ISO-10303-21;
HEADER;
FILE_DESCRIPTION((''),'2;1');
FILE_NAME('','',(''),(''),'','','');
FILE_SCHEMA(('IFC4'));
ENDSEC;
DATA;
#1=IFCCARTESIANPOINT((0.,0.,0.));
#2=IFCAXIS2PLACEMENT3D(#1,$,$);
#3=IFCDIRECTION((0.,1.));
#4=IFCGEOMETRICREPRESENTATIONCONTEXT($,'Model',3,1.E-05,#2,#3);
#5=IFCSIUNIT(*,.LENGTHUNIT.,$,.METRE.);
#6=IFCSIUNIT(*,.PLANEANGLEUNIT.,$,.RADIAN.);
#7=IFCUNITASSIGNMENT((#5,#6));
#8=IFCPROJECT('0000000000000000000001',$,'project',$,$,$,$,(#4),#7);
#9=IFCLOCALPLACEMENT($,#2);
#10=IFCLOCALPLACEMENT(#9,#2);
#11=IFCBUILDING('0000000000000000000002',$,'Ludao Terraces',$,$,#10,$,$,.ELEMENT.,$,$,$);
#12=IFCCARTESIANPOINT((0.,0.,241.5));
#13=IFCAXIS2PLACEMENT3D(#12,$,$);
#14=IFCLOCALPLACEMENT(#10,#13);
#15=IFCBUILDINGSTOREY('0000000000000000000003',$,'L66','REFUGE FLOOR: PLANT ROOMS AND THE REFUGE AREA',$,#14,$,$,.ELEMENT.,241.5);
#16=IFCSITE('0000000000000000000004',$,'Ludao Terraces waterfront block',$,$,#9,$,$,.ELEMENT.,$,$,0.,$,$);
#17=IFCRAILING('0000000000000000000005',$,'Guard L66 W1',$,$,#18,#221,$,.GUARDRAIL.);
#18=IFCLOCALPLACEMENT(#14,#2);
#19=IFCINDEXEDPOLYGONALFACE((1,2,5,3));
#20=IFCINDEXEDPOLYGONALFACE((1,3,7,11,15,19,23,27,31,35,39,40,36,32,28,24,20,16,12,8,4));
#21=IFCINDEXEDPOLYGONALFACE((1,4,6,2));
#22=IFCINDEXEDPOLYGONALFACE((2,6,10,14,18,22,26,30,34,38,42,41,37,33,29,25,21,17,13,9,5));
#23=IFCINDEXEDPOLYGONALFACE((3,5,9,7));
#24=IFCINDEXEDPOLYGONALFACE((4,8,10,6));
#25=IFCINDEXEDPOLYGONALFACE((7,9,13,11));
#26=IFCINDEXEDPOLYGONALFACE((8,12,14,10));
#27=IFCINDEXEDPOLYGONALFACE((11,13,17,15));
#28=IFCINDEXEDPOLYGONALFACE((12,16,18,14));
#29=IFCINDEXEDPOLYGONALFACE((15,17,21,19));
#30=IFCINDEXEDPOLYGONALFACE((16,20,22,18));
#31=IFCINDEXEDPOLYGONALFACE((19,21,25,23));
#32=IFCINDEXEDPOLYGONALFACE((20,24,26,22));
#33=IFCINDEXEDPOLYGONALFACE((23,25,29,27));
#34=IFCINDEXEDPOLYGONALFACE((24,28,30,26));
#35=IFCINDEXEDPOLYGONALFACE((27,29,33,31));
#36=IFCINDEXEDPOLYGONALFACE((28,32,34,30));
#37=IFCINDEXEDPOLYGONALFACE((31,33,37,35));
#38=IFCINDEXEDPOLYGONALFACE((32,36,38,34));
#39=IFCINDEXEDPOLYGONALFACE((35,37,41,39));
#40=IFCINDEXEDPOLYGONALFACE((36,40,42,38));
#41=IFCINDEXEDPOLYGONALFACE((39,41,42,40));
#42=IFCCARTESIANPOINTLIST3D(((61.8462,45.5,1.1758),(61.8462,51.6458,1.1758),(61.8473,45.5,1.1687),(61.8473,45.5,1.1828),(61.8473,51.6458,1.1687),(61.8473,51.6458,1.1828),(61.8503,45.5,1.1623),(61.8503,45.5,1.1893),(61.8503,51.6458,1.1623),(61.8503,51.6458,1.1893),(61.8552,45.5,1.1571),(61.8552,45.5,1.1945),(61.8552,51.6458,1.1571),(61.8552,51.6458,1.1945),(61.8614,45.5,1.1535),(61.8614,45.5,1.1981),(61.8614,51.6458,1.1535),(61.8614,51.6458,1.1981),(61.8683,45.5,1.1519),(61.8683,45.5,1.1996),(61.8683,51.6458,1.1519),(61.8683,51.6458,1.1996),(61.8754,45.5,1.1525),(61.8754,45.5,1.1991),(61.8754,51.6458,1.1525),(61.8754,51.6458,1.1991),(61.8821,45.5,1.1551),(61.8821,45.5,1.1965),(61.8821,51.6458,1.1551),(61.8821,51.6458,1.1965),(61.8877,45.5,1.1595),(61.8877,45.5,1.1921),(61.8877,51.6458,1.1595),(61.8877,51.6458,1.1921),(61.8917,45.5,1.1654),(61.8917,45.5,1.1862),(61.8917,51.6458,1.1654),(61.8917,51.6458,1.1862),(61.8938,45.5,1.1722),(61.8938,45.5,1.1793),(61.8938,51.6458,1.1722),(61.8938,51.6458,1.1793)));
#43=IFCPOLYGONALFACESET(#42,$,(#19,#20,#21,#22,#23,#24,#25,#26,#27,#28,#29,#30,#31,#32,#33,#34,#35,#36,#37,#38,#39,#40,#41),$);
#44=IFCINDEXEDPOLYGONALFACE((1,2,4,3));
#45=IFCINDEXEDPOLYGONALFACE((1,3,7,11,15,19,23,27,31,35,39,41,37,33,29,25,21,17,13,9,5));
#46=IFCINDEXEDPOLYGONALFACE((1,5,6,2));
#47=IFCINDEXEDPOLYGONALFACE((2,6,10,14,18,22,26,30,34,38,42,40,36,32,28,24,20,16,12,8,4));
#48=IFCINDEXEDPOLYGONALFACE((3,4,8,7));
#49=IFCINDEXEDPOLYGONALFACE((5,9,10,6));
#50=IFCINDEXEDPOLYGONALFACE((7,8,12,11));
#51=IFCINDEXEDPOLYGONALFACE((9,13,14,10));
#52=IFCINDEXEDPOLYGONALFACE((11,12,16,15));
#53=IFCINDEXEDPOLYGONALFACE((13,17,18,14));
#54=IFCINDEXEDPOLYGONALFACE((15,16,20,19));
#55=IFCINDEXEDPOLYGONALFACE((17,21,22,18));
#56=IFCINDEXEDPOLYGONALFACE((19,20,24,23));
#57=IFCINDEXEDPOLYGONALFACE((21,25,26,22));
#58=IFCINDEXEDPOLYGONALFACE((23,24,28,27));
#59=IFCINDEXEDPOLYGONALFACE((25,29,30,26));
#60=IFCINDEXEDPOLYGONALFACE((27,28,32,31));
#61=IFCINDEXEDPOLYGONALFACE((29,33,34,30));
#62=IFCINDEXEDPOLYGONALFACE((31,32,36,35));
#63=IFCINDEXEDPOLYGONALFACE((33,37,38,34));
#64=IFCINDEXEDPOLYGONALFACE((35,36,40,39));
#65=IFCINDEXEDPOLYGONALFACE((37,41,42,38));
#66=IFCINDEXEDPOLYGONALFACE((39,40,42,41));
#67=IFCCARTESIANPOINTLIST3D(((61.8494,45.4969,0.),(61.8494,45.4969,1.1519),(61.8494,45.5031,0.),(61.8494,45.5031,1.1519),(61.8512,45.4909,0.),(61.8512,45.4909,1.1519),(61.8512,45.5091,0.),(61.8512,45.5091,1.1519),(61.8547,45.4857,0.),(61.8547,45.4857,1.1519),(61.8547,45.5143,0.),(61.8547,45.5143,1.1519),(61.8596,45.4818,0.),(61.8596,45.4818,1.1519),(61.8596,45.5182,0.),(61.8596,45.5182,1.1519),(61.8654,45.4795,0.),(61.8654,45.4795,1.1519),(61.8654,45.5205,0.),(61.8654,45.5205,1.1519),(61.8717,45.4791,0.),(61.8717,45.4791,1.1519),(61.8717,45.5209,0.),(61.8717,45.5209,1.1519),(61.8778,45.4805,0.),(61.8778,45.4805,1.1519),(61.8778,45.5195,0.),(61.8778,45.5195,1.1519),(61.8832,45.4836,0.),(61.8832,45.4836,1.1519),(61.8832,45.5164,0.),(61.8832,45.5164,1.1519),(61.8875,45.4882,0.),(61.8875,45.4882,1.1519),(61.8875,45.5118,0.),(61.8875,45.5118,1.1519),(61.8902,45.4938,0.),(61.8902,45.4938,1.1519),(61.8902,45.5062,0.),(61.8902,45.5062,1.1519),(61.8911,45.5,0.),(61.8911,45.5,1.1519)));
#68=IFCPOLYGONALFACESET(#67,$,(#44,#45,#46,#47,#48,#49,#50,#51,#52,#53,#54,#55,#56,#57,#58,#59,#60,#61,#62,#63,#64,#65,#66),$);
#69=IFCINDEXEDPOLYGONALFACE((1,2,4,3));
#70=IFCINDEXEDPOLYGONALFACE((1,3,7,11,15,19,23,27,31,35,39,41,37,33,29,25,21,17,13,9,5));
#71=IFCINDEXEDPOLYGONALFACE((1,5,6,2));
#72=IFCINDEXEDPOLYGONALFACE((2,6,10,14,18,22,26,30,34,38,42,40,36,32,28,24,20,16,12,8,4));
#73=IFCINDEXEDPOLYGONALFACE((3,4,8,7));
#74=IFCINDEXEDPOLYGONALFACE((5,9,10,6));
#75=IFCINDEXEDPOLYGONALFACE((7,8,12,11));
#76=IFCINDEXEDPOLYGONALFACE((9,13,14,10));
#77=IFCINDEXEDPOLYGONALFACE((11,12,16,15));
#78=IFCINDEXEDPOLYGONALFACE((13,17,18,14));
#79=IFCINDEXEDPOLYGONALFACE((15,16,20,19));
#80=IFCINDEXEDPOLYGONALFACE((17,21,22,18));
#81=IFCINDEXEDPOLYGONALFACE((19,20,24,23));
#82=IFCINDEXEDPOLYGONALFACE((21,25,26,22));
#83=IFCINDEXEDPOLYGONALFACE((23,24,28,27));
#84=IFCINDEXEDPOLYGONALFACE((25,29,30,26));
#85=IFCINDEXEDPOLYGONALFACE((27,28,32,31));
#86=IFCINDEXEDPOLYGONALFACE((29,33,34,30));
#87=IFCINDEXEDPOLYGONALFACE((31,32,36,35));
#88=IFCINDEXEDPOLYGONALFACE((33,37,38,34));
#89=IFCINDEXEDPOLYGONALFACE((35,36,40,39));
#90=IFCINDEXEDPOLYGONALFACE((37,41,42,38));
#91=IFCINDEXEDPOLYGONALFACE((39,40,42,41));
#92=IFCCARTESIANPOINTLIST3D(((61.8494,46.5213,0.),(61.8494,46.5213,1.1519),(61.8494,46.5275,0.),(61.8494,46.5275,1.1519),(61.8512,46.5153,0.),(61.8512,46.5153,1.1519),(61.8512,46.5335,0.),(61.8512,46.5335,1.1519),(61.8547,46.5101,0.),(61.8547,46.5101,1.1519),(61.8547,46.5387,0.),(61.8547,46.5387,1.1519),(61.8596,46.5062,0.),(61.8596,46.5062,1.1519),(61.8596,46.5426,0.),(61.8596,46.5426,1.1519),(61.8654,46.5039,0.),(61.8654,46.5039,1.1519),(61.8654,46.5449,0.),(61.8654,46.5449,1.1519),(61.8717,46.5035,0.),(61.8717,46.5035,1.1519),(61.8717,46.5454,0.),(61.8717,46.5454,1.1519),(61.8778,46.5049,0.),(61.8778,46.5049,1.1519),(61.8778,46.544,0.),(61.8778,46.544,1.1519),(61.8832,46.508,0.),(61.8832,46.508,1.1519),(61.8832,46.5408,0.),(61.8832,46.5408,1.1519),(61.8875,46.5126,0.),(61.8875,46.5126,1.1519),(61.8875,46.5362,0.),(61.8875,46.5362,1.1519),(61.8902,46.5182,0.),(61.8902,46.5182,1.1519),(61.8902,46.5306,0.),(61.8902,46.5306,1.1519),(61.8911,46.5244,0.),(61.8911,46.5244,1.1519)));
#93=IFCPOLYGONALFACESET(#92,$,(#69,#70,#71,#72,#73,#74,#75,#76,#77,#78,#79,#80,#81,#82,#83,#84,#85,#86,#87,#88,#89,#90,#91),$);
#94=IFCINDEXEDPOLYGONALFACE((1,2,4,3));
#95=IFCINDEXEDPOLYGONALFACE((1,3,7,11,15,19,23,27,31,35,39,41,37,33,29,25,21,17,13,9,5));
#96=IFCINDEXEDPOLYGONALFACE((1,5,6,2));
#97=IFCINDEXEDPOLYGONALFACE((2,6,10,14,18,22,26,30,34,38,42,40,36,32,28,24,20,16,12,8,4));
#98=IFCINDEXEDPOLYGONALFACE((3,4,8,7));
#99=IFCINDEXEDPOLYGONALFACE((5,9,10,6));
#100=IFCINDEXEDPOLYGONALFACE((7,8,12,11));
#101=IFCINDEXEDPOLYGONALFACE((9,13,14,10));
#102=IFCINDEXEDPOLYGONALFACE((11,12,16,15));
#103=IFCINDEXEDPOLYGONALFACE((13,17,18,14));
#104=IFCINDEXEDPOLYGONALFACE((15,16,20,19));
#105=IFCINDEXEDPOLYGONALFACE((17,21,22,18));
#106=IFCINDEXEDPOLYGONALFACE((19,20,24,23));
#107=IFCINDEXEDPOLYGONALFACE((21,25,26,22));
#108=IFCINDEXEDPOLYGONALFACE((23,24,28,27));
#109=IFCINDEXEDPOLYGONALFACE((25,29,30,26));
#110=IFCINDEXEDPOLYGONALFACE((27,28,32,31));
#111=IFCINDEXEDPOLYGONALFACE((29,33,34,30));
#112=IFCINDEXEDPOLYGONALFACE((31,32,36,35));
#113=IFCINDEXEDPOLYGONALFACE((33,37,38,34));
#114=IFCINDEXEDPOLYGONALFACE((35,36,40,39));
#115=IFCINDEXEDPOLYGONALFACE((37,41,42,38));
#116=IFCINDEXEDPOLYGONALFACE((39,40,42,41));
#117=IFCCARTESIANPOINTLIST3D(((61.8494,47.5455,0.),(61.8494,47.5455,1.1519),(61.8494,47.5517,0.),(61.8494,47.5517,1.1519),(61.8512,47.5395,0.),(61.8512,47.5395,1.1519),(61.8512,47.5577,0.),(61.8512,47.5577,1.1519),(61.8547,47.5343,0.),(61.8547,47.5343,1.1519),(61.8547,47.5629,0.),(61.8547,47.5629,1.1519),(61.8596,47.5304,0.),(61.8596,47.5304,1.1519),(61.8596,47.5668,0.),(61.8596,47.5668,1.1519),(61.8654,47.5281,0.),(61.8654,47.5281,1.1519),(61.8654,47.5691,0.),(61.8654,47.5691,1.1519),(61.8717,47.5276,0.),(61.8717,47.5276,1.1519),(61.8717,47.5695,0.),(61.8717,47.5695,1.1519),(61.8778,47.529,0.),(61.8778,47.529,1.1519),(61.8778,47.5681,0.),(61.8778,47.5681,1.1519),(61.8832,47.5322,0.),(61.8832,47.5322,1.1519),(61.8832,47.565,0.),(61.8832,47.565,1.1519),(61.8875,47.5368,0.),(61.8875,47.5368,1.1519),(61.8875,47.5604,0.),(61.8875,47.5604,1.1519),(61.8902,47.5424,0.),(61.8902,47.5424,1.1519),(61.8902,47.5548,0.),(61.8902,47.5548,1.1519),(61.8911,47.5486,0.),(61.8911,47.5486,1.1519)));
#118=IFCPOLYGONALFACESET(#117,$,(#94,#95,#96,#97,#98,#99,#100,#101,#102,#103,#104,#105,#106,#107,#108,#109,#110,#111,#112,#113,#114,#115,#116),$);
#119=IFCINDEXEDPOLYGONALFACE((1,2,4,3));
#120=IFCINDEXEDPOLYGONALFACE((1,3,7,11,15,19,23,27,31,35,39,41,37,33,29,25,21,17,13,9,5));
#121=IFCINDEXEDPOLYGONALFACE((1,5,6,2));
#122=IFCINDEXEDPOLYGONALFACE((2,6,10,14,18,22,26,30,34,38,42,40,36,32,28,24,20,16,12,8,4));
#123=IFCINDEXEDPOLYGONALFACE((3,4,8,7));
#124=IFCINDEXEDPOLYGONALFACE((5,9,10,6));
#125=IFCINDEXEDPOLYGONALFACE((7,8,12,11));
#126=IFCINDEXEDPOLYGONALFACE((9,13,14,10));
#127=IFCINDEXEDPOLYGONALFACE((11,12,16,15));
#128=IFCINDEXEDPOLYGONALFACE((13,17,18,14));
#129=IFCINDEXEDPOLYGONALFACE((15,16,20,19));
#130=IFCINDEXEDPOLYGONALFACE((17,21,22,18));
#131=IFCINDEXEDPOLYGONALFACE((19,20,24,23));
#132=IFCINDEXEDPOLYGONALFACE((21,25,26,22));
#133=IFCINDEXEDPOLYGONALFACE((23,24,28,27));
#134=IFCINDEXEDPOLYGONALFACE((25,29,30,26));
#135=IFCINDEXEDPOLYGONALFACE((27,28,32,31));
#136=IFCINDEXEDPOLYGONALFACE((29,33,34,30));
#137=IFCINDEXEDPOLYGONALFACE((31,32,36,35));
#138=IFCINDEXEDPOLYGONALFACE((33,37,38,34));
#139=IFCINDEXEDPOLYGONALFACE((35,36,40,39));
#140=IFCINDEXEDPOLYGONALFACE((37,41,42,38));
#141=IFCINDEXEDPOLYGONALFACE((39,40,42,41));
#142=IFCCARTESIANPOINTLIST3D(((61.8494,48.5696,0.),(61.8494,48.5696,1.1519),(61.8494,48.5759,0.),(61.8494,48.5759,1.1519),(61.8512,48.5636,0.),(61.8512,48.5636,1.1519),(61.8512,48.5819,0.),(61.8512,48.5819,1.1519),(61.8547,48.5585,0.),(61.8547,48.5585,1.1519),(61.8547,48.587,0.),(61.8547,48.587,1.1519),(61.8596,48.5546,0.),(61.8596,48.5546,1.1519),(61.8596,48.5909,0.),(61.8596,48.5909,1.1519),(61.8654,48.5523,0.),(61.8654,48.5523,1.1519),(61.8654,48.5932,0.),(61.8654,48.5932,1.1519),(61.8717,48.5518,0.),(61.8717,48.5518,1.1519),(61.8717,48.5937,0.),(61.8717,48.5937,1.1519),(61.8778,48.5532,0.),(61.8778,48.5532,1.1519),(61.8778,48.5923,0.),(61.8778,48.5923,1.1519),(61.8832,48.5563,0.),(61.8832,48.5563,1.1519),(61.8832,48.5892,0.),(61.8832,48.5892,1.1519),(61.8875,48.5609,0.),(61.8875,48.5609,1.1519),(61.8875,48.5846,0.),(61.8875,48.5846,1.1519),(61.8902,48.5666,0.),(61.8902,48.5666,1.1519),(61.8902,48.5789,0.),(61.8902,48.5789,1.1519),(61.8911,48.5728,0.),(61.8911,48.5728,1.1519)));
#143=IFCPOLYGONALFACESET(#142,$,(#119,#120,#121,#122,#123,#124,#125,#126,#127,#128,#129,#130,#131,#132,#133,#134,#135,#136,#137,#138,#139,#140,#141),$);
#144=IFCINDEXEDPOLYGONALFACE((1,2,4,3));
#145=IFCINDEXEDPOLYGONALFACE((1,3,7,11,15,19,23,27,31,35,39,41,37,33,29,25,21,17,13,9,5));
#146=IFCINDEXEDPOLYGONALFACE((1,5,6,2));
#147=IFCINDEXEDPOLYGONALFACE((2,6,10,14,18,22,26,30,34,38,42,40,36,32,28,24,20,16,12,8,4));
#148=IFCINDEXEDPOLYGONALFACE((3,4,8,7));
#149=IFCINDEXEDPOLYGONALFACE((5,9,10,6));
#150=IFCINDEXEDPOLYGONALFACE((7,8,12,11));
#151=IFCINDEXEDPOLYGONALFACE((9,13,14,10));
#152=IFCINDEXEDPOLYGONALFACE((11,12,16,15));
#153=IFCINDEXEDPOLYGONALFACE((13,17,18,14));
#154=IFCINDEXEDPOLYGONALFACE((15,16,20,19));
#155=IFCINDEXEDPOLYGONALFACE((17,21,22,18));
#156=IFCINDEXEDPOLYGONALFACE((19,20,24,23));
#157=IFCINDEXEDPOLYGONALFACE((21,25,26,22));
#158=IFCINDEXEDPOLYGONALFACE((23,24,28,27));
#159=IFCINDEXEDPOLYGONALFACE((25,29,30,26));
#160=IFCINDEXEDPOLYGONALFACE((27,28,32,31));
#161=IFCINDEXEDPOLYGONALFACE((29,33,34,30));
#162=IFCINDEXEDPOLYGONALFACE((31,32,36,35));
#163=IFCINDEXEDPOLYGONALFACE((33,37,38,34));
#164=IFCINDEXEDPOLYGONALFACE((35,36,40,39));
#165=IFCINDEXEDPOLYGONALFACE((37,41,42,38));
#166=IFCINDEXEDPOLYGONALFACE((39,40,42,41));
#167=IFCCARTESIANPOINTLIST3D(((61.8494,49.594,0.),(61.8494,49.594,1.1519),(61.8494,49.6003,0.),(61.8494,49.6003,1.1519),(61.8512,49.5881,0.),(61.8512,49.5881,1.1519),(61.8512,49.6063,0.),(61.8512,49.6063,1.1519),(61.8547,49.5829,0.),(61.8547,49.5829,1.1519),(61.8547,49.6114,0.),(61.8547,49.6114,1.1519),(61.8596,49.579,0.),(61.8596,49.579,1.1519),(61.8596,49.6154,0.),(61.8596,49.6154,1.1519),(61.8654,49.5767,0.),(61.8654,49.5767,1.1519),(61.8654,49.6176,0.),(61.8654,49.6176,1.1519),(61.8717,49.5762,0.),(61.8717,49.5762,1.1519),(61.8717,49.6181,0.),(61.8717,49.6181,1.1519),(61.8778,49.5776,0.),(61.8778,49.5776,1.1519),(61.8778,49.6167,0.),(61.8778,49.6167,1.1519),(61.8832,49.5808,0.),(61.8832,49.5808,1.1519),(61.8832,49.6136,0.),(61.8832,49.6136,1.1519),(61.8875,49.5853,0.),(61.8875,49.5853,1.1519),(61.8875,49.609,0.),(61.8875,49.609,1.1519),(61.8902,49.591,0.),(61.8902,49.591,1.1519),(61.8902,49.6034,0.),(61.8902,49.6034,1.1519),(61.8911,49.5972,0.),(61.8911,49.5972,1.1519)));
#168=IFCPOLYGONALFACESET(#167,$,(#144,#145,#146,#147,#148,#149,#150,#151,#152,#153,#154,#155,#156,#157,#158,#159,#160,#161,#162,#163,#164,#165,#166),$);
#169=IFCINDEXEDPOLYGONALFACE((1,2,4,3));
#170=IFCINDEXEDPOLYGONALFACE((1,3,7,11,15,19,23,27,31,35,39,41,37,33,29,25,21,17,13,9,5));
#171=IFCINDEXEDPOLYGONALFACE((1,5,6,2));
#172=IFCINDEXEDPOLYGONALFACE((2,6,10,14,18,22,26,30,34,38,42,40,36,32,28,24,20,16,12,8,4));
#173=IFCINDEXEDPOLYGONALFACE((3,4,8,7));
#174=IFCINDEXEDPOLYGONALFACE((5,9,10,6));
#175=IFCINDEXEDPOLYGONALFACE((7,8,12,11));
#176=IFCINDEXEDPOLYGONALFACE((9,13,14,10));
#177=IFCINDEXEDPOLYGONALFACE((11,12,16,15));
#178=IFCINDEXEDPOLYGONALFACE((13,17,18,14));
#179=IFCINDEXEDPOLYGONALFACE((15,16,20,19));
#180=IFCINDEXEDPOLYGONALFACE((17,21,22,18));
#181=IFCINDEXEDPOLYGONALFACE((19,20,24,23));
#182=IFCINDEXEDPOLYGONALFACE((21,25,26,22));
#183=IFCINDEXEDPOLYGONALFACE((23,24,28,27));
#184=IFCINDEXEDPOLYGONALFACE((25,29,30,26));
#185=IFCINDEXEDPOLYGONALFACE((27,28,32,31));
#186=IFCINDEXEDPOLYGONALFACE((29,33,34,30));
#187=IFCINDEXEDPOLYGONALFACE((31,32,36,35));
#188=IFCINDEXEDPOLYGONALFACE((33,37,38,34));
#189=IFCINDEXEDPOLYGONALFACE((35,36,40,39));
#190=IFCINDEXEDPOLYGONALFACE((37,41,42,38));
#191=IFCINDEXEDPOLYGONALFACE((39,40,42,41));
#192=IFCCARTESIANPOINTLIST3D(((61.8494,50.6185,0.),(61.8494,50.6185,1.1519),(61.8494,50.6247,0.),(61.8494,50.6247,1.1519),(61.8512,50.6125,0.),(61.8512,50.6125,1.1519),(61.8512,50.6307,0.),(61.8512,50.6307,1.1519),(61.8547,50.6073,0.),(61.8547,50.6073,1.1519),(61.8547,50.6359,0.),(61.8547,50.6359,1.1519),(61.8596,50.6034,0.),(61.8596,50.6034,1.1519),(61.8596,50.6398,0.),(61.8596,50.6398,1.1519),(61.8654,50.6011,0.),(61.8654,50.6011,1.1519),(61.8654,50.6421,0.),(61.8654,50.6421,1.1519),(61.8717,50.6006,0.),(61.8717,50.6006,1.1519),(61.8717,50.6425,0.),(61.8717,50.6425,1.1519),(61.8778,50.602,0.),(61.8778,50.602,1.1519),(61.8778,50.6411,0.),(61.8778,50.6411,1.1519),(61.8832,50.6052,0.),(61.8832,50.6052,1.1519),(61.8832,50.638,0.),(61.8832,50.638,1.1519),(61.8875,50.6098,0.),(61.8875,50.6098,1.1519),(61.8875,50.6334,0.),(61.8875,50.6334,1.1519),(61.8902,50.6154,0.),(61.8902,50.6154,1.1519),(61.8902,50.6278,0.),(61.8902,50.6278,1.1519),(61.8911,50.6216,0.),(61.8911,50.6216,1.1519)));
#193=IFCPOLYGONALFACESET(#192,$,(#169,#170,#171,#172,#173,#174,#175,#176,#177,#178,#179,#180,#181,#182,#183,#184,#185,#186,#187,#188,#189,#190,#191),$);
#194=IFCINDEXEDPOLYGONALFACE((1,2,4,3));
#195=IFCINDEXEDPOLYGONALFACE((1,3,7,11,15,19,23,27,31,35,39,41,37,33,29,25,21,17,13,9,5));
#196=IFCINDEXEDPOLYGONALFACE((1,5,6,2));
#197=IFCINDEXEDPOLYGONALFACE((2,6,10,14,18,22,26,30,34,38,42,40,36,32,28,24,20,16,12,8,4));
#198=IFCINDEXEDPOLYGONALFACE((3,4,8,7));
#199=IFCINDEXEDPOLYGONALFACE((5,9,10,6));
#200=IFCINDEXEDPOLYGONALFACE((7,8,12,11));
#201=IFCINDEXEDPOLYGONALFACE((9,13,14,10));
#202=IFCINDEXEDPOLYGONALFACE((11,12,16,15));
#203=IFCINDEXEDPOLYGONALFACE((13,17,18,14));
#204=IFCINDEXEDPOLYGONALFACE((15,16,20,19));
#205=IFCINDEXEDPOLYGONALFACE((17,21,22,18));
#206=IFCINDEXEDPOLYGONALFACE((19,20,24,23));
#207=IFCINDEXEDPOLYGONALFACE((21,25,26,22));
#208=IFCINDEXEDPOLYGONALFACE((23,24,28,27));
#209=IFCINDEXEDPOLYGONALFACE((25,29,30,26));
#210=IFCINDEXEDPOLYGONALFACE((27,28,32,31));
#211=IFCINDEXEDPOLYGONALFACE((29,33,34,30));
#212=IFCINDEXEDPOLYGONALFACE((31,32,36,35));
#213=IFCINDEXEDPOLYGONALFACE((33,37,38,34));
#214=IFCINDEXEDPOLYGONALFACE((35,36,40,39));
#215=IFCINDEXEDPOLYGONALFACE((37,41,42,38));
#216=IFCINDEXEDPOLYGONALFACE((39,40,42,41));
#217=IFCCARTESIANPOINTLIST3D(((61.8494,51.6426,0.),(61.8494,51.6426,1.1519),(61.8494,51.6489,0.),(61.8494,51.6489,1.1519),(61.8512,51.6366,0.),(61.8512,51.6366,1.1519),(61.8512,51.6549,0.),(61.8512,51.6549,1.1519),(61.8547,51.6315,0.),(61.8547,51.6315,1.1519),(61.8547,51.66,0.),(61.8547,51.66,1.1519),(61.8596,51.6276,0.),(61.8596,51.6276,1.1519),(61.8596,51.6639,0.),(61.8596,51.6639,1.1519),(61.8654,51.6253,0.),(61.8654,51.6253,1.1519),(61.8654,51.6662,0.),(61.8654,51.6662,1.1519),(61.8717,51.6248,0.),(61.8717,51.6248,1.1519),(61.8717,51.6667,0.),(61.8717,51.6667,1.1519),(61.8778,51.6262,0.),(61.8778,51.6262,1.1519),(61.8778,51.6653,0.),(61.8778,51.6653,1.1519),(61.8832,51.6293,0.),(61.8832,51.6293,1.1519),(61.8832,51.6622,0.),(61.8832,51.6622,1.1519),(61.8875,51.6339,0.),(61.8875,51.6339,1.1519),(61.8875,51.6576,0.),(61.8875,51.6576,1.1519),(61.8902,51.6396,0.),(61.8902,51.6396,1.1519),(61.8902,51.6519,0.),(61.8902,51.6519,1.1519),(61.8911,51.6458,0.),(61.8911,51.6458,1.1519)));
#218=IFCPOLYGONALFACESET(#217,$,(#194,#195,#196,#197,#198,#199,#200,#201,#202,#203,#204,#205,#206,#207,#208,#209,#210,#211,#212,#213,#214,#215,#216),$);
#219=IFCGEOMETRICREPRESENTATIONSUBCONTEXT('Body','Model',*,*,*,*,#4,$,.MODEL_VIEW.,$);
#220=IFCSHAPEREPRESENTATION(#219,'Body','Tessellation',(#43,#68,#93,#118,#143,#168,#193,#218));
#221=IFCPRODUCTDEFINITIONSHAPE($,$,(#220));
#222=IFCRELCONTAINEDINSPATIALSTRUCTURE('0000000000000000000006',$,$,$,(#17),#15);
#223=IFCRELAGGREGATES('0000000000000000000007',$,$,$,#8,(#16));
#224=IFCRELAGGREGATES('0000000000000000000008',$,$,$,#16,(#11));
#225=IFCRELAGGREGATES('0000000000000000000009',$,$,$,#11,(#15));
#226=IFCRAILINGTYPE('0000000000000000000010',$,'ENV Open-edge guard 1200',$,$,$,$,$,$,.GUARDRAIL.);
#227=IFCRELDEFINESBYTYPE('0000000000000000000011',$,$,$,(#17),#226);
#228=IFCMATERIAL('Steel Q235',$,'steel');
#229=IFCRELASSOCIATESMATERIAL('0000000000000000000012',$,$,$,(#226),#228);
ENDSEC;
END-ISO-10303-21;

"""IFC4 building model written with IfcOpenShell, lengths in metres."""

from ifc_helpers import new_model, si_unit, direction, frame, origin, origin_2d, place, context, subcontext, project, spatial, circle, extrude, material, type_object, element, save


model = new_model("IFC4")

# Units and contexts
model_context = context("Model", 3, precision=1e-05, world=origin(), true_north=direction((0.0, 1.0)))
body_context = subcontext(model_context, "Body", "Model", "MODEL_VIEW")
ifc_project = project(units=[si_unit("LENGTHUNIT", "METRE"), si_unit("PLANEANGLEUNIT", "RADIAN")], contexts=[model_context])

# Site, building, storey
site_placement = place(None, origin())
site = spatial("IfcSite", under=ifc_project, at=site_placement, Name="Ludao Terraces waterfront block", CompositionType="ELEMENT", RefElevation=0.0)
building_placement = place(site_placement, origin())
building = spatial("IfcBuilding", under=site, at=building_placement, Name="Ludao Terraces", CompositionType="ELEMENT")
storey_placement = place(building_placement, frame((0.0, 0.0, 241.5)))
storey = spatial("IfcBuildingStorey", under=building, at=storey_placement, Name="L66", Description="REFUGE FLOOR: PLANT ROOMS AND THE REFUGE AREA", CompositionType="ELEMENT", Elevation=241.5)

# Shared definitions
ifc_material_1 = material(Name="Steel Q235", Category="steel")

# Railing
railing_type = type_object("IfcRailingType", Name="ENV Open-edge guard 1200", PredefinedType="GUARDRAIL", material=ifc_material_1)
railing_placement = place(storey_placement, frame((61.8701, 45.5, 0.0)))
element("IfcRailing", 1, at=railing_placement, inside=storey, type_object=railing_type, Name="Guard L66 W1", PredefinedType="GUARDRAIL", context=body_context, shape_type="SweptSolid", body=[
    extrude(circle(Radius=0.0239, at=origin_2d()), frame((0.0, 0.0, 1.1758), z_axis=(0.0, 1.0, 0.0), x_axis=(-1.0, 0.0, 0.0)), (0.0, 0.0, 1.0), 6.1458),
    extrude(circle(Radius=0.021, at=origin_2d()), origin(), (0.0, 0.0, 1.0), 1.1519),
    extrude(circle(Radius=0.021, at=origin_2d()), frame((0.0, 1.0244, 0.0)), (0.0, 0.0, 1.0), 1.1519),
    extrude(circle(Radius=0.021, at=origin_2d()), frame((0.0, 2.0486, 0.0)), (0.0, 0.0, 1.0), 1.1519),
    extrude(circle(Radius=0.021, at=origin_2d()), frame((0.0, 3.0728, 0.0)), (0.0, 0.0, 1.0), 1.1519),
    extrude(circle(Radius=0.021, at=origin_2d()), frame((0.0, 4.0972, 0.0)), (0.0, 0.0, 1.0), 1.1519),
    extrude(circle(Radius=0.021, at=origin_2d()), frame((0.0, 5.1216, 0.0)), (0.0, 0.0, 1.0), 1.1519),
    extrude(circle(Radius=0.021, at=origin_2d()), frame((0.0, 6.1458, 0.0)), (0.0, 0.0, 1.0), 1.1519),
])

save(model, "model.ifc")
